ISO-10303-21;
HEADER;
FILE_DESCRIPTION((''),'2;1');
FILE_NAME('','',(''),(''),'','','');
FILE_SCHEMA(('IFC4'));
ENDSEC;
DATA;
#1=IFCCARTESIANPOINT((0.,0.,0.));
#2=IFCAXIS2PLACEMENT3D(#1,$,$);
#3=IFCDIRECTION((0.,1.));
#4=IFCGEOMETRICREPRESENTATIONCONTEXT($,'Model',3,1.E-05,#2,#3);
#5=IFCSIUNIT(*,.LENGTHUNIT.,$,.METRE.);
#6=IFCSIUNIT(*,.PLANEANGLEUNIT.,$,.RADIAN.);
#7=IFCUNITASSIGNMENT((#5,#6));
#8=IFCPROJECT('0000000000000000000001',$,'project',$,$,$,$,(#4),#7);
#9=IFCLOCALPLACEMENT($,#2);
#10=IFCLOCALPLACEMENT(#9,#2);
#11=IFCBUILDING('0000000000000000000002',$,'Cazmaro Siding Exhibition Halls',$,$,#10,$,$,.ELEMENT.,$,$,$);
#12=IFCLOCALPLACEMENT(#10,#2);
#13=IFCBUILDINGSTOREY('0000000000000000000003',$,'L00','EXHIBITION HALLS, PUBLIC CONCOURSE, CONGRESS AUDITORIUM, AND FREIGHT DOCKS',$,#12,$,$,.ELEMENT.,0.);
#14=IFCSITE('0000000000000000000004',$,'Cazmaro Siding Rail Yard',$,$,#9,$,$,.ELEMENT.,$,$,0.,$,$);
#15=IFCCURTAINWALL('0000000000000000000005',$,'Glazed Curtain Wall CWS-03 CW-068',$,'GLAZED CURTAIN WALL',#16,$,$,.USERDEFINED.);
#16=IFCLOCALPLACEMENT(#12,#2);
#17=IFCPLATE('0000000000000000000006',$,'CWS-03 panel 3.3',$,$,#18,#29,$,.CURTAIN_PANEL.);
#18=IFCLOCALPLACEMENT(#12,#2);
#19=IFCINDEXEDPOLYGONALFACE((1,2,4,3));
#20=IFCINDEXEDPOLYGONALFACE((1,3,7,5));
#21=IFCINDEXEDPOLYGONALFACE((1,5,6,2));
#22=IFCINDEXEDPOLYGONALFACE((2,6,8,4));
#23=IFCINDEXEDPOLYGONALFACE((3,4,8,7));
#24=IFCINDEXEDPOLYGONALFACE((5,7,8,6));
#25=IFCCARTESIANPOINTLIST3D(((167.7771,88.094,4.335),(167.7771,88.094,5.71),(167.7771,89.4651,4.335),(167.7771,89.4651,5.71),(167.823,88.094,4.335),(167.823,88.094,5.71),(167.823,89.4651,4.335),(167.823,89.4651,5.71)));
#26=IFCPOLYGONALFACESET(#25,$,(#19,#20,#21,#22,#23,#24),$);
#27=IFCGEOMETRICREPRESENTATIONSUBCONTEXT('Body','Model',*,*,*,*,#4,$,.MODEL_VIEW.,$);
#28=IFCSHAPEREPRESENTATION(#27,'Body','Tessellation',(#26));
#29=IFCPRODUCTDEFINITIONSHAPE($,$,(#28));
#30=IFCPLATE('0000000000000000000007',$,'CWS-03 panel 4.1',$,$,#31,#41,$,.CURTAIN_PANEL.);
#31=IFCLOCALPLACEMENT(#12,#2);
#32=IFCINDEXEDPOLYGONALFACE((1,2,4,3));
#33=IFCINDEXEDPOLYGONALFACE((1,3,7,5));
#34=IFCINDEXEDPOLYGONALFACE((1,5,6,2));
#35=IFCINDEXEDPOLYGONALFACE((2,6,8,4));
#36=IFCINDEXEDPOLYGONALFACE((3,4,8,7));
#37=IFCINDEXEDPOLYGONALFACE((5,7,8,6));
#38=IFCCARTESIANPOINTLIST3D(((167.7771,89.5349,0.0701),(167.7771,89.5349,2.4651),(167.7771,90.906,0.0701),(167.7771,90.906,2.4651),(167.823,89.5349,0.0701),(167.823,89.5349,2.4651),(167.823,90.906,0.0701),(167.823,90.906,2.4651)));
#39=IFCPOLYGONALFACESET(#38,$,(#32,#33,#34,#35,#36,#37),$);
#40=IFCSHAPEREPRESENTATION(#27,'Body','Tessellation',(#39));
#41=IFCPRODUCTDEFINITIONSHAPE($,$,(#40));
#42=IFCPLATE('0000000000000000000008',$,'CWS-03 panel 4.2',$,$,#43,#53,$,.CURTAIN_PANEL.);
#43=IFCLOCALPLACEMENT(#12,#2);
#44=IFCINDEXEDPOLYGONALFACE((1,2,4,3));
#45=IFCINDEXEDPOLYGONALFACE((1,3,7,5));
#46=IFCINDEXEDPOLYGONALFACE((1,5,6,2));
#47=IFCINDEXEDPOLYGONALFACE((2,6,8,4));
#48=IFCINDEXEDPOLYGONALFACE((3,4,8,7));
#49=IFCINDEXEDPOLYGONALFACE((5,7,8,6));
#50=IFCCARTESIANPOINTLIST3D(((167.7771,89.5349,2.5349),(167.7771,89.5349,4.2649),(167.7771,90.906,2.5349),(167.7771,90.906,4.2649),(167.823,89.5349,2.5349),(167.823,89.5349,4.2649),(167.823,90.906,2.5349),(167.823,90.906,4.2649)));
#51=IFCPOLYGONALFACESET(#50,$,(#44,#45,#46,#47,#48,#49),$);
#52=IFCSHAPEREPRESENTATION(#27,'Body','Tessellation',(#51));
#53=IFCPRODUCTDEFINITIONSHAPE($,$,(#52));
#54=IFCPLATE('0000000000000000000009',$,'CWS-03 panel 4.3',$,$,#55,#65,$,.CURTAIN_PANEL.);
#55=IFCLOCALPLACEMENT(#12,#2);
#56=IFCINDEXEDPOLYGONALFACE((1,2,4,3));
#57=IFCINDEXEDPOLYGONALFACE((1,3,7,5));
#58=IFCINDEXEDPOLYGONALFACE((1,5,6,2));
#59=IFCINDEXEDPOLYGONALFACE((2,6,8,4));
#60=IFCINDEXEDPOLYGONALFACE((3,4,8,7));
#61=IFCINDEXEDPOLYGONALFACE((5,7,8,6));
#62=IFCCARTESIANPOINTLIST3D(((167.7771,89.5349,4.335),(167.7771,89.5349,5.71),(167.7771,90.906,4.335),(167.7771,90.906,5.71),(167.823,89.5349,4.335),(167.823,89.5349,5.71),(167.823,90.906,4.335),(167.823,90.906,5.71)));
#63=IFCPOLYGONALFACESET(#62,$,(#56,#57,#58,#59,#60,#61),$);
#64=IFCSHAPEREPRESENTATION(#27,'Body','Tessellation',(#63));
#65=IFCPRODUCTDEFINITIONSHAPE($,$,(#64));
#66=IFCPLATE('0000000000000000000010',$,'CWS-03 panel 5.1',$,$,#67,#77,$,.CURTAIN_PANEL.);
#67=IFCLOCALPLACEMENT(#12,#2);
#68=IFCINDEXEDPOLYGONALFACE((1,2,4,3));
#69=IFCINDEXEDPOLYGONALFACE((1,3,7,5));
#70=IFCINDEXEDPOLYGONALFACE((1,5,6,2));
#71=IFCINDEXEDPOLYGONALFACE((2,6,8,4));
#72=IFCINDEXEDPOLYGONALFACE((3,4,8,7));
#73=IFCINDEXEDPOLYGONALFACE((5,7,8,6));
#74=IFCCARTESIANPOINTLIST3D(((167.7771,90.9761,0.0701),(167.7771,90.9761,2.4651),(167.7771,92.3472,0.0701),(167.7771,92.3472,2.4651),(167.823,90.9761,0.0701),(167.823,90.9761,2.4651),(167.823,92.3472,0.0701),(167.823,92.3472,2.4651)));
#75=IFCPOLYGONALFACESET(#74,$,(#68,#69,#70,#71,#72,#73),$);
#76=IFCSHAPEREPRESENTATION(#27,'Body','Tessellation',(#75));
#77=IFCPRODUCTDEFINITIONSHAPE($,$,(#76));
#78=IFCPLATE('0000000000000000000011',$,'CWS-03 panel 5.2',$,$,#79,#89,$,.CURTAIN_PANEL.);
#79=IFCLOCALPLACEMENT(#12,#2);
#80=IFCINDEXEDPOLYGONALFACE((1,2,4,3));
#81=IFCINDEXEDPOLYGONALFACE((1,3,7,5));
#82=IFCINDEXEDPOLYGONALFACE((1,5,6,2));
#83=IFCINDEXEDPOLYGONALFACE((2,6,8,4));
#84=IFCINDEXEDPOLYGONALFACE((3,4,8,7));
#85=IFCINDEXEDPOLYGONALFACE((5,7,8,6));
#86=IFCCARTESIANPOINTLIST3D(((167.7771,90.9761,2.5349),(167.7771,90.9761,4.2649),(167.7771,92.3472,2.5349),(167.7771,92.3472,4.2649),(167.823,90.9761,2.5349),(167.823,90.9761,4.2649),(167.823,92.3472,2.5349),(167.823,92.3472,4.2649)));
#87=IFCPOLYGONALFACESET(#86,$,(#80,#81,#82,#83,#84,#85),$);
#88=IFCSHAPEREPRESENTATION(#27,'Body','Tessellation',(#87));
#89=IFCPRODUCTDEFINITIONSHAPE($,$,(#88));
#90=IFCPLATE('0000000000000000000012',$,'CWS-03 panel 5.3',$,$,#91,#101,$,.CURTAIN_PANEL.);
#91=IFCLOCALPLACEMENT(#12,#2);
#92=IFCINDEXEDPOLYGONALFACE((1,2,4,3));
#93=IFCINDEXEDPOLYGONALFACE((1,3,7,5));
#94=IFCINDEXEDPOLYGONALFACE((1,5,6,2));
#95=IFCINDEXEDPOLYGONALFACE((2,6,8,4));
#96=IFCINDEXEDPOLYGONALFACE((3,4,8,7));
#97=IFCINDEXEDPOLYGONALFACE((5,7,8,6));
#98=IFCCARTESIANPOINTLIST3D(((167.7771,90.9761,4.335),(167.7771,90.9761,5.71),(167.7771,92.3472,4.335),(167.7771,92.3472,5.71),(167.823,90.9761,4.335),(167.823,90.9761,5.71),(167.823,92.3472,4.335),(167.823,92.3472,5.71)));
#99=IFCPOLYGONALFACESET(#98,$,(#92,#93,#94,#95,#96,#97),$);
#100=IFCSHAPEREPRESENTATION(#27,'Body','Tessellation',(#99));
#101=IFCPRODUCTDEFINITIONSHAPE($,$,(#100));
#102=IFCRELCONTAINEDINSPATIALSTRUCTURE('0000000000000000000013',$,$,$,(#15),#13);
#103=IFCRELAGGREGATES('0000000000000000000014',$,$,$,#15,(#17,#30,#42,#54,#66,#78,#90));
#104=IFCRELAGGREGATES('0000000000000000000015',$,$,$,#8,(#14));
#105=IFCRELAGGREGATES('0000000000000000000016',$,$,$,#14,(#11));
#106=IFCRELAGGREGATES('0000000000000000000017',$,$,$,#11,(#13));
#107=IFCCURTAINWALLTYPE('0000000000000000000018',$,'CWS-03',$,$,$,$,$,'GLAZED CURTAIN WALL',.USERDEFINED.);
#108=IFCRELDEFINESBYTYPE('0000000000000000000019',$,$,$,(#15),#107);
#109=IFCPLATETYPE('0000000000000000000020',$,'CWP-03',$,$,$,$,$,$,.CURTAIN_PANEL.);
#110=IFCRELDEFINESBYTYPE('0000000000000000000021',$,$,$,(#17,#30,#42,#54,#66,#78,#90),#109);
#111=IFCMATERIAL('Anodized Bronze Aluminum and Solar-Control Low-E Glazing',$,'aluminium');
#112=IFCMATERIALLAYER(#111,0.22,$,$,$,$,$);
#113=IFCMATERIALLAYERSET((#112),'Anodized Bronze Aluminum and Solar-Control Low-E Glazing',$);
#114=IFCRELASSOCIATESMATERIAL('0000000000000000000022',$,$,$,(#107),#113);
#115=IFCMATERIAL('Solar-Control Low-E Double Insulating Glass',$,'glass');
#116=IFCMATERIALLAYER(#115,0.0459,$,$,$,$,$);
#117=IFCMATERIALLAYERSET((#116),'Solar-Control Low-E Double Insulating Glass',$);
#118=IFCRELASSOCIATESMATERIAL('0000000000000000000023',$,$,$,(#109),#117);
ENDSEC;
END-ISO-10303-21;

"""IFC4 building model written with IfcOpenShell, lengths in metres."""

from ifc_helpers import new_model, si_unit, direction, frame, origin, origin_2d, place, context, subcontext, project, spatial, rectangle, extrude, material, layer, layer_set, type_object, element, aggregate, save


model = new_model("IFC4")

# Units and contexts
model_context = context("Model", 3, precision=1e-05, world=origin(), true_north=direction((0.0, 1.0)))
body_context = subcontext(model_context, "Body", "Model", "MODEL_VIEW")
ifc_project = project(units=[si_unit("LENGTHUNIT", "METRE"), si_unit("PLANEANGLEUNIT", "RADIAN")], contexts=[model_context])

# Site, building, storey
site_placement = place(None, origin())
site = spatial("IfcSite", under=ifc_project, at=site_placement, Name="Cazmaro Siding Rail Yard", CompositionType="ELEMENT", RefElevation=0.0)
building_placement = place(site_placement, origin())
building = spatial("IfcBuilding", under=site, at=building_placement, Name="Cazmaro Siding Exhibition Halls", CompositionType="ELEMENT")
storey_placement = place(building_placement, origin())
storey = spatial("IfcBuildingStorey", under=building, at=storey_placement, Name="L00", Description="EXHIBITION HALLS, PUBLIC CONCOURSE, CONGRESS AUDITORIUM, AND FREIGHT DOCKS", CompositionType="ELEMENT", Elevation=0.0)

# Curtain wall, plates
ifc_material_1 = material(Name="Anodized Bronze Aluminum and Solar-Control Low-E Glazing", Category="aluminium")
ifc_layer_1 = layer(ifc_material_1, 0.22)
ifc_layer_set_1 = layer_set([ifc_layer_1], Name="Anodized Bronze Aluminum and Solar-Control Low-E Glazing")
curtain_wall_type = type_object("IfcCurtainWallType", Name="CWS-03", ElementType="GLAZED CURTAIN WALL", PredefinedType="USERDEFINED", material=ifc_layer_set_1)
curtain_wall_placement = place(storey_placement, origin())
curtain_wall = element("IfcCurtainWall", 1, at=curtain_wall_placement, inside=storey, type_object=curtain_wall_type, Name="Glazed Curtain Wall CWS-03 CW-068", ObjectType="GLAZED CURTAIN WALL", PredefinedType="USERDEFINED")
ifc_material_2 = material(Name="Solar-Control Low-E Double Insulating Glass", Category="glass")
ifc_layer_2 = layer(ifc_material_2, 0.0459)
ifc_layer_set_2 = layer_set([ifc_layer_2], Name="Solar-Control Low-E Double Insulating Glass")
plate_type = type_object("IfcPlateType", Name="CWP-03", PredefinedType="CURTAIN_PANEL", material=ifc_layer_set_2)
plate_1_placement = place(storey_placement, frame((167.8, 88.7795, 4.335), z_axis=(0.0, 0.0, 1.0), x_axis=(0.0, 1.0, 0.0)))
plate_1 = element("IfcPlate", 2, at=plate_1_placement, type_object=plate_type, Name="CWS-03 panel 3.3", PredefinedType="CURTAIN_PANEL", context=body_context, shape_type="SweptSolid", body=[
    extrude(rectangle(XDim=1.3711, YDim=0.0459, at=origin_2d()), origin(), (0.0, 0.0, 1.0), 1.375),
])
plate_2_placement = place(storey_placement, frame((167.8, 90.2205, 0.0701), z_axis=(0.0, 0.0, 1.0), x_axis=(0.0, 1.0, 0.0)))
plate_2 = element("IfcPlate", 3, at=plate_2_placement, type_object=plate_type, Name="CWS-03 panel 4.1", PredefinedType="CURTAIN_PANEL", context=body_context, shape_type="SweptSolid", body=[
    extrude(rectangle(XDim=1.3711, YDim=0.0459, at=origin_2d()), origin(), (0.0, 0.0, 1.0), 2.395),
])
plate_3_placement = place(storey_placement, frame((167.8, 90.2205, 2.5349), z_axis=(0.0, 0.0, 1.0), x_axis=(0.0, 1.0, 0.0)))
plate_3 = element("IfcPlate", 4, at=plate_3_placement, type_object=plate_type, Name="CWS-03 panel 4.2", PredefinedType="CURTAIN_PANEL", context=body_context, shape_type="SweptSolid", body=[
    extrude(rectangle(XDim=1.3711, YDim=0.0459, at=origin_2d()), origin(), (0.0, 0.0, 1.0), 1.73),
])
plate_4_placement = place(storey_placement, frame((167.8, 90.2205, 4.335), z_axis=(0.0, 0.0, 1.0), x_axis=(0.0, 1.0, 0.0)))
plate_4 = element("IfcPlate", 5, at=plate_4_placement, type_object=plate_type, Name="CWS-03 panel 4.3", PredefinedType="CURTAIN_PANEL", context=body_context, shape_type="SweptSolid", body=[
    extrude(rectangle(XDim=1.3711, YDim=0.0459, at=origin_2d()), origin(), (0.0, 0.0, 1.0), 1.375),
])
plate_5_placement = place(storey_placement, frame((167.8, 91.6616, 0.0701), z_axis=(0.0, 0.0, 1.0), x_axis=(0.0, 1.0, 0.0)))
plate_5 = element("IfcPlate", 6, at=plate_5_placement, type_object=plate_type, Name="CWS-03 panel 5.1", PredefinedType="CURTAIN_PANEL", context=body_context, shape_type="SweptSolid", body=[
    extrude(rectangle(XDim=1.3711, YDim=0.0459, at=origin_2d()), origin(), (0.0, 0.0, 1.0), 2.395),
])
plate_6_placement = place(storey_placement, frame((167.8, 91.6616, 2.5349), z_axis=(0.0, 0.0, 1.0), x_axis=(0.0, 1.0, 0.0)))
plate_6 = element("IfcPlate", 7, at=plate_6_placement, type_object=plate_type, Name="CWS-03 panel 5.2", PredefinedType="CURTAIN_PANEL", context=body_context, shape_type="SweptSolid", body=[
    extrude(rectangle(XDim=1.3711, YDim=0.0459, at=origin_2d()), origin(), (0.0, 0.0, 1.0), 1.73),
])
plate_7_placement = place(storey_placement, frame((167.8, 91.6616, 4.335), z_axis=(0.0, 0.0, 1.0), x_axis=(0.0, 1.0, 0.0)))
plate_7 = element("IfcPlate", 8, at=plate_7_placement, type_object=plate_type, Name="CWS-03 panel 5.3", PredefinedType="CURTAIN_PANEL", context=body_context, shape_type="SweptSolid", body=[
    extrude(rectangle(XDim=1.3711, YDim=0.0459, at=origin_2d()), origin(), (0.0, 0.0, 1.0), 1.375),
])
aggregate(curtain_wall, [plate_1, plate_2, plate_3, plate_4, plate_5, plate_6, plate_7])

save(model, "model.ifc")
